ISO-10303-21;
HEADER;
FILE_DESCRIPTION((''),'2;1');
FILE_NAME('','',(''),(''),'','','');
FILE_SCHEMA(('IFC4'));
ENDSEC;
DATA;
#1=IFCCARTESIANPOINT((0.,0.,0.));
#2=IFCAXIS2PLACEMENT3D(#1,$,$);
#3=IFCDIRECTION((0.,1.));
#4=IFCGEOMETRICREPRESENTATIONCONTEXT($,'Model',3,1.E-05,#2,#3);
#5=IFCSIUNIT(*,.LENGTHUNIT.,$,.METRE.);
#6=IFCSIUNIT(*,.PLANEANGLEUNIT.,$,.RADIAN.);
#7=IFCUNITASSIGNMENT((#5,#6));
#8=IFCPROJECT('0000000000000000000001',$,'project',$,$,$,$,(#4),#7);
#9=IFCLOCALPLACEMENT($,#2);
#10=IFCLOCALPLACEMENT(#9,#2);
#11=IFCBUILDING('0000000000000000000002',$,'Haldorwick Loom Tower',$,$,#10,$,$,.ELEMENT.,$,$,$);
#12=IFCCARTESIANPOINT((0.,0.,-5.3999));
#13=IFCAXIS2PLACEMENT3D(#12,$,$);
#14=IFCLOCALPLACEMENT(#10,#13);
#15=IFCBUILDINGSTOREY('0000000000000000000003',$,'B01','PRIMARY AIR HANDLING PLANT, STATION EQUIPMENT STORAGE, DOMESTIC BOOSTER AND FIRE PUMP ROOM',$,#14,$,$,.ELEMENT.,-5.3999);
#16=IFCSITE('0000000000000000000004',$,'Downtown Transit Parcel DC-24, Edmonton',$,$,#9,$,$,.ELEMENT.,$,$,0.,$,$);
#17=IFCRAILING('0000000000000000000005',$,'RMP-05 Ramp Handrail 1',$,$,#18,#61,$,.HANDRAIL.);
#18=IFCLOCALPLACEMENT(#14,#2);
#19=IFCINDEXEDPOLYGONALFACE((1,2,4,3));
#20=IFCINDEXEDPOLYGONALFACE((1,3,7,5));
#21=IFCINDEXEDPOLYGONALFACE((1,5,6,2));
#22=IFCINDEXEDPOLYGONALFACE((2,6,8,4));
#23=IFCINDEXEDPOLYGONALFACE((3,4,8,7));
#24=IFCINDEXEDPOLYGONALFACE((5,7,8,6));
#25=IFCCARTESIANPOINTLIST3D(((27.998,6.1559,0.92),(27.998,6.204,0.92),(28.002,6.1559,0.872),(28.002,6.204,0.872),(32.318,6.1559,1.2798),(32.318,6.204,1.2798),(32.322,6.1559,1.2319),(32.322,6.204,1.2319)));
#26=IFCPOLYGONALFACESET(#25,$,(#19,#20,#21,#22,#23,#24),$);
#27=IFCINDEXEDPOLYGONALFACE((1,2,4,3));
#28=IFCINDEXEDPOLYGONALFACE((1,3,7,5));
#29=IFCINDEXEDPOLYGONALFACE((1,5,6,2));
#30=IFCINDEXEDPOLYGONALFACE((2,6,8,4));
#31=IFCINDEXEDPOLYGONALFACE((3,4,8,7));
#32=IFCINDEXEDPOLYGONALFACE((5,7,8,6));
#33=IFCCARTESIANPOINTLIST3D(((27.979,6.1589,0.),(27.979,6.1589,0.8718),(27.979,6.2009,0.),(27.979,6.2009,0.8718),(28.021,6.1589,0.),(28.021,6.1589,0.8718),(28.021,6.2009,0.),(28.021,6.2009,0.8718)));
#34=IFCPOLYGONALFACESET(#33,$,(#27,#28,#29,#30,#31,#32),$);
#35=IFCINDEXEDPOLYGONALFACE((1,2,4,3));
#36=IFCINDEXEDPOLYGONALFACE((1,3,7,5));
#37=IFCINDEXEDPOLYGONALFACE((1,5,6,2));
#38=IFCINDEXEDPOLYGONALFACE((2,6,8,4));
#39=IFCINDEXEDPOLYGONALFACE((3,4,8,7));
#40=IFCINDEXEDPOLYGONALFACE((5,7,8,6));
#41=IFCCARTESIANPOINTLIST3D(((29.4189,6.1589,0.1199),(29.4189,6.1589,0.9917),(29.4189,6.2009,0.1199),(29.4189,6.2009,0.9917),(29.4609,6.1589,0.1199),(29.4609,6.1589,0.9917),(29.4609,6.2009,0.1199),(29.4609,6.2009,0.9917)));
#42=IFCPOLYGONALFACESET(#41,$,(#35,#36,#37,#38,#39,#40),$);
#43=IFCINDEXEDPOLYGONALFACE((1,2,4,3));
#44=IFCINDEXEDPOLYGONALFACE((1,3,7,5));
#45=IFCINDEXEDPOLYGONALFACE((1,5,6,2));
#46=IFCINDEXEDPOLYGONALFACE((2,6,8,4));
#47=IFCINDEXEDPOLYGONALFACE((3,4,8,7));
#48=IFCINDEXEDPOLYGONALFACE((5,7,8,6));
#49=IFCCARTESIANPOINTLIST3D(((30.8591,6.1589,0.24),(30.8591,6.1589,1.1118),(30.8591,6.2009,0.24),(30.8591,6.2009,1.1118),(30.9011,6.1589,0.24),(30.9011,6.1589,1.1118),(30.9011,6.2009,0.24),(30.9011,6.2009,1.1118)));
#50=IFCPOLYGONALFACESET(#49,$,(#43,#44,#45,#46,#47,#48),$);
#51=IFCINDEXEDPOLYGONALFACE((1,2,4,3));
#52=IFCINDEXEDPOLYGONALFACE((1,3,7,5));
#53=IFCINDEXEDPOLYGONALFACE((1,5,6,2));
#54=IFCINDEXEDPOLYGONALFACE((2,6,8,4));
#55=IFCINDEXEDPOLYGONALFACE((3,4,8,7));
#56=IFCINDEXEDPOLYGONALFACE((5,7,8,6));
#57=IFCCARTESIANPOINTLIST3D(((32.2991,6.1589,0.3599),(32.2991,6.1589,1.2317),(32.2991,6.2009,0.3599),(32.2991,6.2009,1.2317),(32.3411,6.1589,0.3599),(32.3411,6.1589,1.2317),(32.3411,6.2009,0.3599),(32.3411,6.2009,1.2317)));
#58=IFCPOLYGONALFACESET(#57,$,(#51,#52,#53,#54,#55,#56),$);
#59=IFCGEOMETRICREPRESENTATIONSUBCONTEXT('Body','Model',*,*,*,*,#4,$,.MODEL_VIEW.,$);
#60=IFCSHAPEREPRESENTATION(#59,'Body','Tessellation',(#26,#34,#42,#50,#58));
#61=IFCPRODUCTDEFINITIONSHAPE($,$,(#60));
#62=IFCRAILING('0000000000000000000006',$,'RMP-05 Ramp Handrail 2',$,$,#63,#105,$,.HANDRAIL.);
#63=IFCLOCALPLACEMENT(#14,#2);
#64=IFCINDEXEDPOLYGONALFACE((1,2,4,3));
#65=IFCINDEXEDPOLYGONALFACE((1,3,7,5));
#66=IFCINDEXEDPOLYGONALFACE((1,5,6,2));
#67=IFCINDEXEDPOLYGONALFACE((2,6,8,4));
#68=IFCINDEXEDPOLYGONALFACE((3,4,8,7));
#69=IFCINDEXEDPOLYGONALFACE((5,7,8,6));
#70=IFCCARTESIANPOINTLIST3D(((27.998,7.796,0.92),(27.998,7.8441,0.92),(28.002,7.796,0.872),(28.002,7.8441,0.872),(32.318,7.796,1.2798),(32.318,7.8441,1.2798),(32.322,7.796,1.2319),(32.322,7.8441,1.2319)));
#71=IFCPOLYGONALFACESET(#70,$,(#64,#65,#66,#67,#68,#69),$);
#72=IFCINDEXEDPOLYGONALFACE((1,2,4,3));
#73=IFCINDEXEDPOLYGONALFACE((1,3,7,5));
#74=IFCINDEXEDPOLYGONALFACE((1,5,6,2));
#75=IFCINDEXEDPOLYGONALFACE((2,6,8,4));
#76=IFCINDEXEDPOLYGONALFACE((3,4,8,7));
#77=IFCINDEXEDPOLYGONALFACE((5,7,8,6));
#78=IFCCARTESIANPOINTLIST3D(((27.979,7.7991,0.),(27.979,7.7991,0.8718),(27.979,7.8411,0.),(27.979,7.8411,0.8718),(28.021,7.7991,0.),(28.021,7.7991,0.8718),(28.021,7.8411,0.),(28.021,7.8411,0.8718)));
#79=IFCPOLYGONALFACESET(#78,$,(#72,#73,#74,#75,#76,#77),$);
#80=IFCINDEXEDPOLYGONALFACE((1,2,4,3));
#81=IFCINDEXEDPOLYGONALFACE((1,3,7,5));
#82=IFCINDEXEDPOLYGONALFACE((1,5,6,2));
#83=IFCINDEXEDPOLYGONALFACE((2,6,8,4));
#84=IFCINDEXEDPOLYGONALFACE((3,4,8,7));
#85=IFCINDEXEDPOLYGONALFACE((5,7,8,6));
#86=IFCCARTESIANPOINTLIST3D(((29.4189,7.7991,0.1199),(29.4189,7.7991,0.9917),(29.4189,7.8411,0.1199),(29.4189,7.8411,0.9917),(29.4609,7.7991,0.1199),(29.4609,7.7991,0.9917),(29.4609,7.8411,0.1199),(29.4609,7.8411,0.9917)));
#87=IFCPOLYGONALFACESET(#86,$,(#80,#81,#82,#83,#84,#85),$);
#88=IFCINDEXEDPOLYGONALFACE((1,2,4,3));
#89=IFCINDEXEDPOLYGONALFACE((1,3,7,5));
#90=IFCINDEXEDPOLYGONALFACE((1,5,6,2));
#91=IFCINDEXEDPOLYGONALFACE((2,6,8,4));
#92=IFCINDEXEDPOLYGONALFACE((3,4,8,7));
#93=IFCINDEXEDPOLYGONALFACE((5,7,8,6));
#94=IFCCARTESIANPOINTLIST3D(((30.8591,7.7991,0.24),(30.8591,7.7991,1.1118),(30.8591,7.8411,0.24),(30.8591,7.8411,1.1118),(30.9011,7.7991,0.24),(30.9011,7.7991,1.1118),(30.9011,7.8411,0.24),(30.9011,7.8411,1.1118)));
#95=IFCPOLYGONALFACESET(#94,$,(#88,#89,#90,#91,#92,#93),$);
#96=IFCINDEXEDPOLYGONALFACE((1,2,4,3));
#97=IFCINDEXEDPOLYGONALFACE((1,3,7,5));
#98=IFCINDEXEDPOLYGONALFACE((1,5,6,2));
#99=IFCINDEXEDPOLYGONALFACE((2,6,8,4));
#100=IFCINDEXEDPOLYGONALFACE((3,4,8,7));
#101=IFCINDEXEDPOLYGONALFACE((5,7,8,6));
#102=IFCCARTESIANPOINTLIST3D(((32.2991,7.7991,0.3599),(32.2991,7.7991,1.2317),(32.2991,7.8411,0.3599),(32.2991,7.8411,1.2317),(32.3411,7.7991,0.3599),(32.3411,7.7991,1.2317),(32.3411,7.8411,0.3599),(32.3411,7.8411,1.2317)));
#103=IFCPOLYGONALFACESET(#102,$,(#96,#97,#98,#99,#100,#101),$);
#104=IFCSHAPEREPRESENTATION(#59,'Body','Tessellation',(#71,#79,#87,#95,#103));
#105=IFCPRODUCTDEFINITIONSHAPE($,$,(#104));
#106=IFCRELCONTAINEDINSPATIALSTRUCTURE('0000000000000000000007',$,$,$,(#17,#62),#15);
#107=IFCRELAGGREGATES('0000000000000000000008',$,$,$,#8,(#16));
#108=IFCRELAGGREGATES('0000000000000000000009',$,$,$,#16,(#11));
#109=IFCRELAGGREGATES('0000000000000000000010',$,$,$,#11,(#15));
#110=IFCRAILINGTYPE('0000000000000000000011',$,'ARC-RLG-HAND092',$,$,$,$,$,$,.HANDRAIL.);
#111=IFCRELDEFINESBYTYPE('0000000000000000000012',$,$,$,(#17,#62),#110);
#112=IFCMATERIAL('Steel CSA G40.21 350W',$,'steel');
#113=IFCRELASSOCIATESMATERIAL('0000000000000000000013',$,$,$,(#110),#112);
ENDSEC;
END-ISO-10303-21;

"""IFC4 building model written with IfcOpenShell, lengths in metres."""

from ifc_helpers import new_model, si_unit, direction, frame, origin, origin_2d, place, context, subcontext, project, spatial, rectangle, extrude, material, type_object, element, save


model = new_model("IFC4")

# Units and contexts
model_context = context("Model", 3, precision=1e-05, world=origin(), true_north=direction((0.0, 1.0)))
body_context = subcontext(model_context, "Body", "Model", "MODEL_VIEW")
ifc_project = project(units=[si_unit("LENGTHUNIT", "METRE"), si_unit("PLANEANGLEUNIT", "RADIAN")], contexts=[model_context])

# Site, building, storey
site_placement = place(None, origin())
site = spatial("IfcSite", under=ifc_project, at=site_placement, Name="Downtown Transit Parcel DC-24, Edmonton", CompositionType="ELEMENT", RefElevation=0.0)
building_placement = place(site_placement, origin())
building = spatial("IfcBuilding", under=site, at=building_placement, Name="Haldorwick Loom Tower", CompositionType="ELEMENT")
storey_placement = place(building_placement, frame((0.0, 0.0, -5.3999)))
storey = spatial("IfcBuildingStorey", under=building, at=storey_placement, Name="B01", Description="PRIMARY AIR HANDLING PLANT, STATION EQUIPMENT STORAGE, DOMESTIC BOOSTER AND FIRE PUMP ROOM", CompositionType="ELEMENT", Elevation=-5.3999)

# Shared definitions
ifc_material_1 = material(Name="Steel CSA G40.21 350W", Category="steel")

# Railings
railing_type_1 = type_object("IfcRailingType", Name="ARC-RLG-HAND092", PredefinedType="HANDRAIL", material=ifc_material_1)
for number, where, name in (
    (1, (28.0, 6.1799, 0.0), "RMP-05 Ramp Handrail 1"),
    (2, (28.0, 7.8201, 0.0), "RMP-05 Ramp Handrail 2"),
):
    element("IfcRailing", number, at=place(storey_placement, frame(where)), inside=storey, type_object=railing_type_1, Name=name, PredefinedType="HANDRAIL", context=body_context, shape_type="SweptSolid", body=[
        extrude(rectangle(XDim=0.0481, YDim=0.0481, at=origin_2d()), frame((0.0, 0.0, 0.896), z_axis=(0.996548, 0.0, 0.083013), x_axis=(0.0, 1.0, 0.0)), (0.0, 0.0, 1.0), 4.335),
        extrude(rectangle(XDim=0.042, YDim=0.042, at=origin_2d()), origin(), (0.0, 0.0, 1.0), 0.8718),
        extrude(rectangle(XDim=0.042, YDim=0.042, at=origin_2d()), frame((1.4399, 0.0, 0.1199)), (0.0, 0.0, 1.0), 0.8718),
        extrude(rectangle(XDim=0.042, YDim=0.042, at=origin_2d()), frame((2.8801, 0.0, 0.24)), (0.0, 0.0, 1.0), 0.8718),
        extrude(rectangle(XDim=0.042, YDim=0.042, at=origin_2d()), frame((4.3201, 0.0, 0.3599)), (0.0, 0.0, 1.0), 0.8718),
    ])

save(model, "model.ifc")
